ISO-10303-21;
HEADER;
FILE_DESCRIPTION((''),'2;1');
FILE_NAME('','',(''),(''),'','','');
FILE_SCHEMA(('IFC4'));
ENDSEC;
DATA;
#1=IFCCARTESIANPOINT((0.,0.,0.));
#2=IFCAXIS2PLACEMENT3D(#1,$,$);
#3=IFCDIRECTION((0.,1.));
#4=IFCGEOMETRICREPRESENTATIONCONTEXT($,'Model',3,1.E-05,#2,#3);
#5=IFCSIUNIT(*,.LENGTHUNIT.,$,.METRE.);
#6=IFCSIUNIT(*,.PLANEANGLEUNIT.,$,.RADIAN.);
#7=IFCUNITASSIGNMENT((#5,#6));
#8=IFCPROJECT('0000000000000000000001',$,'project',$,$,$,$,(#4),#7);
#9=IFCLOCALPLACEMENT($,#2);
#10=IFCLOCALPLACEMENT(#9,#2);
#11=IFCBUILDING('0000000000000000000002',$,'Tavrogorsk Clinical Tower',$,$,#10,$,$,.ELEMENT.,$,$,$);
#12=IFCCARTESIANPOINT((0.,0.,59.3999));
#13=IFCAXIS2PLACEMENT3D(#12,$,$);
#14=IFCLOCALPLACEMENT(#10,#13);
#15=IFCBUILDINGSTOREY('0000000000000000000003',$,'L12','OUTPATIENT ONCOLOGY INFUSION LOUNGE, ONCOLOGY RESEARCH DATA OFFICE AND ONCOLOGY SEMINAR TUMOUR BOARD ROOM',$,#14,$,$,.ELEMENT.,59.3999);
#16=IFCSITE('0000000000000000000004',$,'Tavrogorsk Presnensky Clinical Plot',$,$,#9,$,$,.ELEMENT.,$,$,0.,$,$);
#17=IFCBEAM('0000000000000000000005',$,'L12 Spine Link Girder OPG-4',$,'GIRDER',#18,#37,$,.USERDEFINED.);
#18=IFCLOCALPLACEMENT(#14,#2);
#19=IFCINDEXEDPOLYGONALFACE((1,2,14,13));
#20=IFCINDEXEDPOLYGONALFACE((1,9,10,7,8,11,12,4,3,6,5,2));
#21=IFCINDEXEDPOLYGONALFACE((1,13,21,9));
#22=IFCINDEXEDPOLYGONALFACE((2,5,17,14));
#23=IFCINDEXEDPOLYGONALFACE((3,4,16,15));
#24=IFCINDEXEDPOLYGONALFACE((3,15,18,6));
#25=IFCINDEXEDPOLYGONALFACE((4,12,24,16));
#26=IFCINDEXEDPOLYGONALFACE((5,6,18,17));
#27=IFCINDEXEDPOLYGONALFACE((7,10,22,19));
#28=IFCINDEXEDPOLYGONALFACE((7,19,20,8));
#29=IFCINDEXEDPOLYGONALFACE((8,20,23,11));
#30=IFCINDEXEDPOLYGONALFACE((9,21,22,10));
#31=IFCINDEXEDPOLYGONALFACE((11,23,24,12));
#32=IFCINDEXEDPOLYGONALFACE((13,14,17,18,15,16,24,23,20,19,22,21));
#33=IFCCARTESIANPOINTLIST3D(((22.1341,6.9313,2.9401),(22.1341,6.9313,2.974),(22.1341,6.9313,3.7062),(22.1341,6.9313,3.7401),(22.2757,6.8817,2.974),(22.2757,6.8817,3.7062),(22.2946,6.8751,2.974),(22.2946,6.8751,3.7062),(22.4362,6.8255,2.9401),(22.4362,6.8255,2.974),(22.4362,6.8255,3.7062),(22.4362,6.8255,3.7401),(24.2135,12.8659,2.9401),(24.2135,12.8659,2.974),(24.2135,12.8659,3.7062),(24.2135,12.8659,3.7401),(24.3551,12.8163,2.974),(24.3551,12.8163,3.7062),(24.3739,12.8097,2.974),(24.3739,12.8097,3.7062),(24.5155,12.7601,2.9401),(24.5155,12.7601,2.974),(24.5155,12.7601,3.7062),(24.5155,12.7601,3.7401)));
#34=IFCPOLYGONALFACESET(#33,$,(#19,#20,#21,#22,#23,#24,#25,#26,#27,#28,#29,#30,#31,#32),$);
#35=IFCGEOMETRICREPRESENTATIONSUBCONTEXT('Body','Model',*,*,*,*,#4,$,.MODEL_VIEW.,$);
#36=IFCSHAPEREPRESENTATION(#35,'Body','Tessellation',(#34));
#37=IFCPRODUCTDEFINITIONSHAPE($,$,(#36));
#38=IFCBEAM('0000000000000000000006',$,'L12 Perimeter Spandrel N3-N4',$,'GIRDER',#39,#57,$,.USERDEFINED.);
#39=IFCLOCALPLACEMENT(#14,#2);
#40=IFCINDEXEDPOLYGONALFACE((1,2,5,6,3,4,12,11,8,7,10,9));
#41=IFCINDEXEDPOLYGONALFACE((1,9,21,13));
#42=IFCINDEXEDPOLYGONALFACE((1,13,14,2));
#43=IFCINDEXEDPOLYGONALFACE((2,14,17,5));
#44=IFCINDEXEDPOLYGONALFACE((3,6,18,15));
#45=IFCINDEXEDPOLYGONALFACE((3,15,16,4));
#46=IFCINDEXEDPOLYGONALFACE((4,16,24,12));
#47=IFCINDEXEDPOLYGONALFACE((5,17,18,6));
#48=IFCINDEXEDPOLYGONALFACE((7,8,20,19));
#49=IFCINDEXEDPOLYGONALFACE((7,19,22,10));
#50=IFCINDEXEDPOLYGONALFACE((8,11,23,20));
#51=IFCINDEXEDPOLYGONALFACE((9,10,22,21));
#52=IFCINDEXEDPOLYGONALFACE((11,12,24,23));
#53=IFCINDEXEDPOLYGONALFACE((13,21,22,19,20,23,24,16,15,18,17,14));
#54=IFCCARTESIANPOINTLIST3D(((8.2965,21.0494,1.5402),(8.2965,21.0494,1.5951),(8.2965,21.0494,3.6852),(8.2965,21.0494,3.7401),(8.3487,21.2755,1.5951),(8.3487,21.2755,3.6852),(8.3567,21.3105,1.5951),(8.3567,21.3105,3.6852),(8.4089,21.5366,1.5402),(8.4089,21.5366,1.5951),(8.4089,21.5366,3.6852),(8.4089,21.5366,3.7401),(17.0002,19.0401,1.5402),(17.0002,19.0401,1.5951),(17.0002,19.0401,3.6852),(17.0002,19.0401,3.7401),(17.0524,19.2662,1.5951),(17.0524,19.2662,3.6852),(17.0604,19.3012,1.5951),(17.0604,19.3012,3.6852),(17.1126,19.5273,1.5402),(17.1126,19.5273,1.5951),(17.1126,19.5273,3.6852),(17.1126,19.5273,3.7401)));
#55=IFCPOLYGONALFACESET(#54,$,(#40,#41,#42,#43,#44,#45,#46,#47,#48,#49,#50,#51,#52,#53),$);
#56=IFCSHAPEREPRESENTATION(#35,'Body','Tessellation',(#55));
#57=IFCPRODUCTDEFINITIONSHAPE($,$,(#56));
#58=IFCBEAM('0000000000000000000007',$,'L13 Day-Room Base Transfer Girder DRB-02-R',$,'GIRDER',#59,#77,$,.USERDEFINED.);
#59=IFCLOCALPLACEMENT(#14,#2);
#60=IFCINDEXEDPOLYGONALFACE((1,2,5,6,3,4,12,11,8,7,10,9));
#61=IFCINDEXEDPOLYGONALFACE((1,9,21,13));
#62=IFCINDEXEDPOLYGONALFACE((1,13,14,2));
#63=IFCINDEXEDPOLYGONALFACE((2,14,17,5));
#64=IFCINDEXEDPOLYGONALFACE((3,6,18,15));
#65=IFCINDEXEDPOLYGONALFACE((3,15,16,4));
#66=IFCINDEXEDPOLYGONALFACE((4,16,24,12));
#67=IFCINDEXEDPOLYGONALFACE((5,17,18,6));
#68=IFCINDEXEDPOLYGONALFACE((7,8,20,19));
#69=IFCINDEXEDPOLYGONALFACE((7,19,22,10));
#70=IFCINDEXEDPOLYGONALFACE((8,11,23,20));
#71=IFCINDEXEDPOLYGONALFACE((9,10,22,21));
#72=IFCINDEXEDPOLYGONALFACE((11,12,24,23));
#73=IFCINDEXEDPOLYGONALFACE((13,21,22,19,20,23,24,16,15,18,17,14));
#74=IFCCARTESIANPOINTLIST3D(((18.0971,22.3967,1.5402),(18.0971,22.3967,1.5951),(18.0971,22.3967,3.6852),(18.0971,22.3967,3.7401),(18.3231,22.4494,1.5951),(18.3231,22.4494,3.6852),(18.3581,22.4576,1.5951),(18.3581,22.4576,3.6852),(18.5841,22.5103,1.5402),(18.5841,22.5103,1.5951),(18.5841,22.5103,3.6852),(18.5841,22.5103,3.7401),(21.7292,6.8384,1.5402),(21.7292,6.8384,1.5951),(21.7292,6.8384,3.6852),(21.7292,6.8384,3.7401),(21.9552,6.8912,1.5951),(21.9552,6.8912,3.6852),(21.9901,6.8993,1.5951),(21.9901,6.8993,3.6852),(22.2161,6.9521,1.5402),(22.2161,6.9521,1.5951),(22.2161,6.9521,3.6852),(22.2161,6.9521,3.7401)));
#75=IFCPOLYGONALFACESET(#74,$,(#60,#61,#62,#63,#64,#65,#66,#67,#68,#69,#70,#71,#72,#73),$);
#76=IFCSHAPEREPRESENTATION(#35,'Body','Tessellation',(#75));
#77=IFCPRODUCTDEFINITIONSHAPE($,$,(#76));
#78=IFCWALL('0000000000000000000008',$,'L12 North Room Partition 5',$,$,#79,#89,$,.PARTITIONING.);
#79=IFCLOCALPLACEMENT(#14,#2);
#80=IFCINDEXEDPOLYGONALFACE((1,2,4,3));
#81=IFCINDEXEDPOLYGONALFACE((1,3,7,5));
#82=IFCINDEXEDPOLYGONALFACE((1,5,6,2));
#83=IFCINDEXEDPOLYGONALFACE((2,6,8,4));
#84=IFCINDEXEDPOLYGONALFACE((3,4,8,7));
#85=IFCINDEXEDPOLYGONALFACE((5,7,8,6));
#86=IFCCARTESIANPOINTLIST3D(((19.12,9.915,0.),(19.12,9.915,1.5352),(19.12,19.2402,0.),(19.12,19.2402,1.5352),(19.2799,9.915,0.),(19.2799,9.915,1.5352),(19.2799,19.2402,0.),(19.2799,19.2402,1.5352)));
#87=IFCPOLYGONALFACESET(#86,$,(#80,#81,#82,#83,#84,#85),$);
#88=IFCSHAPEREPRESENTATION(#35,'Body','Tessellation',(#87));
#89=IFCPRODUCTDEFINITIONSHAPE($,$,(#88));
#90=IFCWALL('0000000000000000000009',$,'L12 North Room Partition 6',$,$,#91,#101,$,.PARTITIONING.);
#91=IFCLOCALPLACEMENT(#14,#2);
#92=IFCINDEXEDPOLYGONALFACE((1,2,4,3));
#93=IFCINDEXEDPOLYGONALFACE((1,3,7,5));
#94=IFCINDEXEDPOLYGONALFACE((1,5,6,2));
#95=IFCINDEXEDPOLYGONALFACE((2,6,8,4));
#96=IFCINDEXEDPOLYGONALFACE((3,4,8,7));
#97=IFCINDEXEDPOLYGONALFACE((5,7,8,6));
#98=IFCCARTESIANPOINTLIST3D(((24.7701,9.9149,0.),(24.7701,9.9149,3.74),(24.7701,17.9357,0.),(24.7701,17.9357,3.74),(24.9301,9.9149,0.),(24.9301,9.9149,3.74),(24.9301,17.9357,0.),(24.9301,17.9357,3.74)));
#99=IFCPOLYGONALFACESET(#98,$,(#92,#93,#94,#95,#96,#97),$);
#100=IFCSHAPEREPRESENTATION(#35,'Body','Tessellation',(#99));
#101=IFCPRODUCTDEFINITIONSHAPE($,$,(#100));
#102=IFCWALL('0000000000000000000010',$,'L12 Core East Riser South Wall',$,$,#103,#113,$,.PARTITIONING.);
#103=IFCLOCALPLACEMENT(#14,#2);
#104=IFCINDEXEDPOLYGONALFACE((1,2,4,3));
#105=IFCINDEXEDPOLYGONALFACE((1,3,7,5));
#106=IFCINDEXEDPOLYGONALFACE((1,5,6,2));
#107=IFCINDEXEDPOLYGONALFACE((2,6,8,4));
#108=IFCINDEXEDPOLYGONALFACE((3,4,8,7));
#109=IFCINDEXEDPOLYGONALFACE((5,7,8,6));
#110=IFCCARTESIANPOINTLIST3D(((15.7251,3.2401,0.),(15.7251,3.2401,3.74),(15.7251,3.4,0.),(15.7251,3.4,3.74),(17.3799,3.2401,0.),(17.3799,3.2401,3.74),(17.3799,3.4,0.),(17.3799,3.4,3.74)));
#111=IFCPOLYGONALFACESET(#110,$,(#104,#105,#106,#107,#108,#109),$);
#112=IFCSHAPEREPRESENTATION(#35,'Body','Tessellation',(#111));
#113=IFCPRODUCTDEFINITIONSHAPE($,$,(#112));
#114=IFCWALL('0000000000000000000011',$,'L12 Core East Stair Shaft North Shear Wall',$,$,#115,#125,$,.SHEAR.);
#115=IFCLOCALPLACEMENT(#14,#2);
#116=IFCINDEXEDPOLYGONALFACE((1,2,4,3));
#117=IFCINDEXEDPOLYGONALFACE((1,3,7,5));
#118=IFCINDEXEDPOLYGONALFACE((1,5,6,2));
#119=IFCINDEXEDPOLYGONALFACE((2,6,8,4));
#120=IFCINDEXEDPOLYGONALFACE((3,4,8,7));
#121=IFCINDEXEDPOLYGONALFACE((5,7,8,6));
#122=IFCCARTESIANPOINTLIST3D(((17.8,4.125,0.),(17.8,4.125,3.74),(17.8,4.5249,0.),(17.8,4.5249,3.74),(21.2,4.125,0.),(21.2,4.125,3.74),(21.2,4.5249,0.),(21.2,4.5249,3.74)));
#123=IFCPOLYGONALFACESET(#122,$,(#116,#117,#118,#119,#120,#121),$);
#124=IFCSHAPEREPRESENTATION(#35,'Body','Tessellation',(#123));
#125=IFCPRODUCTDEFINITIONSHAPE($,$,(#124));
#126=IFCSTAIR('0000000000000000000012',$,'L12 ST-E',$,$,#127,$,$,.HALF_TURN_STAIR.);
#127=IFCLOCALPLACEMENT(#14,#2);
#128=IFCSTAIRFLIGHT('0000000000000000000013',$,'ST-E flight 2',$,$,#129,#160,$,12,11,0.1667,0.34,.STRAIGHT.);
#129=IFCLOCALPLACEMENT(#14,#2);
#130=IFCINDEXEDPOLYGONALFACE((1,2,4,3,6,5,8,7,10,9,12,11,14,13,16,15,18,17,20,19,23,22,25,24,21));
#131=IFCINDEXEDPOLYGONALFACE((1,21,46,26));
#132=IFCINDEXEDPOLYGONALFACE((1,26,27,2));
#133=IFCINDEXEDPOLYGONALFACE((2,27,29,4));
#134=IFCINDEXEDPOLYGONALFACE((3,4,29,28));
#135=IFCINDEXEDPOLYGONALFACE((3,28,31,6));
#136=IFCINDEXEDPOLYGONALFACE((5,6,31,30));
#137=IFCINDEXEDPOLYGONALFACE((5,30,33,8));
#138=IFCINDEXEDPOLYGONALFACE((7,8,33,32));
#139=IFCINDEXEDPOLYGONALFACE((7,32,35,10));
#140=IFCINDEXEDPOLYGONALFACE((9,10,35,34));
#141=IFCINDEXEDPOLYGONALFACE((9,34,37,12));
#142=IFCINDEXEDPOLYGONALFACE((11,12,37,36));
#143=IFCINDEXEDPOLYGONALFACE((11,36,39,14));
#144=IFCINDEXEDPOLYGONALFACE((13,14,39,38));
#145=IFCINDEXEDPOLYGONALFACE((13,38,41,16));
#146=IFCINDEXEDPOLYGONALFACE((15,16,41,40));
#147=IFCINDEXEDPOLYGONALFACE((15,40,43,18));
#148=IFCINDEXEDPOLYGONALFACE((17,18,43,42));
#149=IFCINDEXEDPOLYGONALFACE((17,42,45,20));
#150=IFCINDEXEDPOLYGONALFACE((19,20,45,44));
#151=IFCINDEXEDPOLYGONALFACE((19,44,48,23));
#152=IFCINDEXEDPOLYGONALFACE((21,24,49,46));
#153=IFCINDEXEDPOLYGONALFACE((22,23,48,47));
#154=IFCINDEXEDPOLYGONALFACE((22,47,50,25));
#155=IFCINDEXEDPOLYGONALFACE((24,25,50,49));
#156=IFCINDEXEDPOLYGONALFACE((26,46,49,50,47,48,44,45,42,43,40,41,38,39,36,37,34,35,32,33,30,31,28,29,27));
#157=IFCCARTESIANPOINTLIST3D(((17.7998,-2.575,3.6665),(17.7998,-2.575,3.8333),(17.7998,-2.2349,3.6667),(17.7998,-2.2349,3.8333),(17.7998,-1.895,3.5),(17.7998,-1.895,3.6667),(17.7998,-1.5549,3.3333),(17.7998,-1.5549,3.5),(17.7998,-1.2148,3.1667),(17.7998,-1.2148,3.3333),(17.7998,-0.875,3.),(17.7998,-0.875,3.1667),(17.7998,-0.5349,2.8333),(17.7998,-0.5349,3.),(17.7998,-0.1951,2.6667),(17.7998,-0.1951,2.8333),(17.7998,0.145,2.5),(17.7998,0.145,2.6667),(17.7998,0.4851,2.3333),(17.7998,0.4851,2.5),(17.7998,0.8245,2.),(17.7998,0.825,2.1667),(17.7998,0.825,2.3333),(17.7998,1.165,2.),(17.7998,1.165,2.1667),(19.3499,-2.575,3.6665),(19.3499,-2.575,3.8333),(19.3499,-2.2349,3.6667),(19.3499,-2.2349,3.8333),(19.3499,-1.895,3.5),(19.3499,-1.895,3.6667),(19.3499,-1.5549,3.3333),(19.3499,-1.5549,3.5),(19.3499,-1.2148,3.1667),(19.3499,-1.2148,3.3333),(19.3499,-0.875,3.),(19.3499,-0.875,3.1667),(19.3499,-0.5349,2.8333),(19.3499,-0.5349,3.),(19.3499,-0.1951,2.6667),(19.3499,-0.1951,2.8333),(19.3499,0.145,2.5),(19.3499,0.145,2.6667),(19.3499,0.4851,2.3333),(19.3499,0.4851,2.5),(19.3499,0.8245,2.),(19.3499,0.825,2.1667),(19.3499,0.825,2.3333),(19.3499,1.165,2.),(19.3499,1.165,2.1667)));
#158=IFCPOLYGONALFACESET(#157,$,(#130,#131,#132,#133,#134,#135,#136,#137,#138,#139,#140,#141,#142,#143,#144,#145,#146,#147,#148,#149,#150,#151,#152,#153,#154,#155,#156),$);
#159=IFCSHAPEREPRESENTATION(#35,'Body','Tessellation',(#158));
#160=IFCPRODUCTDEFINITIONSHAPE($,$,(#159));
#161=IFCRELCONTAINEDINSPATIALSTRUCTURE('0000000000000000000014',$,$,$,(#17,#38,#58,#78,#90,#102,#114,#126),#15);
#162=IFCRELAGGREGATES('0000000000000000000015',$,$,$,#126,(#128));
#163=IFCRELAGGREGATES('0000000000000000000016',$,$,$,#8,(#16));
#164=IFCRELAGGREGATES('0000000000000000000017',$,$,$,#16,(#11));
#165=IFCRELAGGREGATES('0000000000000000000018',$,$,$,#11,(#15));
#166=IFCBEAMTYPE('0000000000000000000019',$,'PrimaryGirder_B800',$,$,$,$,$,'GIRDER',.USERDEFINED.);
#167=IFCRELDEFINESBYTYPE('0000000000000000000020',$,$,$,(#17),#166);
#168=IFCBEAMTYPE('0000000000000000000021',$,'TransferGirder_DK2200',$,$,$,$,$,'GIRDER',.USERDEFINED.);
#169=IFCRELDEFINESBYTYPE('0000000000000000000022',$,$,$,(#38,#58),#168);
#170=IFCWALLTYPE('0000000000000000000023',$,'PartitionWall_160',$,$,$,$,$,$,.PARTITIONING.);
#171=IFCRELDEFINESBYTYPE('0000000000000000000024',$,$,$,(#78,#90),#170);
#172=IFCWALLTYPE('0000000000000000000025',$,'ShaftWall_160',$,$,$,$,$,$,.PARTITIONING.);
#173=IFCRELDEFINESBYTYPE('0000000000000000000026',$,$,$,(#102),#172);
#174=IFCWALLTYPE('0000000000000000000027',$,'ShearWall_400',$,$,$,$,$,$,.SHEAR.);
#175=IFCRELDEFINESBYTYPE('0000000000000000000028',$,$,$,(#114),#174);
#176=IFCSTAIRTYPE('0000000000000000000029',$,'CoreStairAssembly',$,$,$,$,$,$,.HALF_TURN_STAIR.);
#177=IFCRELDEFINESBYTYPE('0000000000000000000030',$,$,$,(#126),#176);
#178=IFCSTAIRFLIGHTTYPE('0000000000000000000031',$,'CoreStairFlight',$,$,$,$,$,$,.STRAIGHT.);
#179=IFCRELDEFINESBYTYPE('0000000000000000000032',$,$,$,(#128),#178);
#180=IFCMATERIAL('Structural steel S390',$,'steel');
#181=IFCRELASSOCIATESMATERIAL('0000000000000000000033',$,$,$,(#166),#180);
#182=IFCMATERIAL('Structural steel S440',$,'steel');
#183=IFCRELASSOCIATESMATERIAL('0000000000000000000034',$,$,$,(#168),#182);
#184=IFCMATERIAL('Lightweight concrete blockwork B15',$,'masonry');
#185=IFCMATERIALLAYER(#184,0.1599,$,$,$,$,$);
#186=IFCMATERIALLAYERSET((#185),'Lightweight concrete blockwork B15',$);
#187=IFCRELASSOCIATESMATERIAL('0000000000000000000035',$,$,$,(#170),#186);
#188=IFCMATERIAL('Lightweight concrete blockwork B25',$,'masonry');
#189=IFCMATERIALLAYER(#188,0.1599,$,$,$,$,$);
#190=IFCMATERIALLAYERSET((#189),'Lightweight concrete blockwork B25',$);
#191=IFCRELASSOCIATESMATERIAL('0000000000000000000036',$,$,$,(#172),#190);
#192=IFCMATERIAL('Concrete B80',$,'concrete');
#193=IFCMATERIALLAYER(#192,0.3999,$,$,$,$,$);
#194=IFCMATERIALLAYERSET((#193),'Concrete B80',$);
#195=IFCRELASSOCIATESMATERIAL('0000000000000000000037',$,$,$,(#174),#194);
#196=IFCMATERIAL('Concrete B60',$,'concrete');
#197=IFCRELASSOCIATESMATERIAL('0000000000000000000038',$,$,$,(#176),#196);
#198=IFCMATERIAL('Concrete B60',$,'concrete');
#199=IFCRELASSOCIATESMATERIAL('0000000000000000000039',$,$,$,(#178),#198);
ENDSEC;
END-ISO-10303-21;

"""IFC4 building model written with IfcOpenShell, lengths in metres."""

from ifc_helpers import new_model, si_unit, direction, frame, frame_2d, origin, origin_2d, place, context, subcontext, project, spatial, polyline, rectangle, i_section, outline, extrude, material, layer, layer_set, material_profile, profile_set, type_object, element, aggregate, save


model = new_model("IFC4")

# Units and contexts
model_context = context("Model", 3, precision=1e-05, world=origin(), true_north=direction((0.0, 1.0)))
body_context = subcontext(model_context, "Body", "Model", "MODEL_VIEW")
ifc_project = project(units=[si_unit("LENGTHUNIT", "METRE"), si_unit("PLANEANGLEUNIT", "RADIAN")], contexts=[model_context])

# Site, building, storey
site_placement = place(None, origin())
site = spatial("IfcSite", under=ifc_project, at=site_placement, Name="Tavrogorsk Presnensky Clinical Plot", CompositionType="ELEMENT", RefElevation=0.0)
building_placement = place(site_placement, origin())
building = spatial("IfcBuilding", under=site, at=building_placement, Name="Tavrogorsk Clinical Tower", CompositionType="ELEMENT")
storey_placement = place(building_placement, frame((0.0, 0.0, 59.3999)))
storey = spatial("IfcBuildingStorey", under=building, at=storey_placement, Name="L12", Description="OUTPATIENT ONCOLOGY INFUSION LOUNGE, ONCOLOGY RESEARCH DATA OFFICE AND ONCOLOGY SEMINAR TUMOUR BOARD ROOM", CompositionType="ELEMENT", Elevation=59.3999)

# Beams
ifc_material_1 = material(Name="Structural steel S390", Category="steel")
ifc_material_profile_1 = material_profile(ifc_material_1, i_section(OverallWidth=0.3201, OverallDepth=0.8, WebThickness=0.02, FlangeThickness=0.0339, at=origin_2d()), Name="B-800x320x20x34")
ifc_profile_set_1 = profile_set([ifc_material_profile_1], Name="Structural steel S390")
beam_type_1 = type_object("IfcBeamType", Name="PrimaryGirder_B800", ElementType="GIRDER", PredefinedType="USERDEFINED", material=ifc_profile_set_1)
beam_1_placement = place(storey_placement, frame((24.3645, 12.813, 3.3401), z_axis=(-0.330669, -0.943747, 0.0), x_axis=(0.943747, -0.330669, 0.0)))
element("IfcBeam", 1, at=beam_1_placement, inside=storey, type_object=beam_type_1, Name="L12 Spine Link Girder OPG-4", ObjectType="GIRDER", PredefinedType="USERDEFINED", context=body_context, shape_type="SweptSolid", body=[
    extrude(i_section(OverallWidth=0.3201, OverallDepth=0.8, WebThickness=0.02, FlangeThickness=0.0339, at=origin_2d()), origin(), (0.0, 0.0, 1.0), 6.2883),
])
ifc_material_2 = material(Name="Structural steel S440", Category="steel")
ifc_material_profile_2 = material_profile(ifc_material_2, i_section(OverallWidth=0.5, OverallDepth=2.2, WebThickness=0.0359, FlangeThickness=0.0549, at=origin_2d()), Name="DK-2200x500x36x55")
ifc_profile_set_2 = profile_set([ifc_material_profile_2], Name="Structural steel S440")
beam_type_2 = type_object("IfcBeamType", Name="TransferGirder_DK2200", ElementType="GIRDER", PredefinedType="USERDEFINED", material=ifc_profile_set_2)
beam_2_placement = place(storey_placement, frame((17.0564, 19.2837, 2.6401), z_axis=(-0.974373, 0.224939, 0.0), x_axis=(-0.224939, -0.974373, 0.0)))
element("IfcBeam", 2, at=beam_2_placement, inside=storey, type_object=beam_type_2, Name="L12 Perimeter Spandrel N3-N4", ObjectType="GIRDER", PredefinedType="USERDEFINED", context=body_context, shape_type="SweptSolid", body=[
    extrude(i_section(OverallWidth=0.5, OverallDepth=2.2, WebThickness=0.0359, FlangeThickness=0.0549, at=origin_2d()), origin(), (0.0, 0.0, 1.0), 8.9326),
])
beam_3_placement = place(storey_placement, frame((21.9727, 6.8953, 2.6401), z_axis=(-0.227336, 0.973816, 0.0), x_axis=(-0.973816, -0.227336, 0.0)))
element("IfcBeam", 3, at=beam_3_placement, inside=storey, type_object=beam_type_2, Name="L13 Day-Room Base Transfer Girder DRB-02-R", ObjectType="GIRDER", PredefinedType="USERDEFINED", context=body_context, shape_type="SweptSolid", body=[
    extrude(i_section(OverallWidth=0.5, OverallDepth=2.2, WebThickness=0.0359, FlangeThickness=0.0549, at=origin_2d()), origin(), (0.0, 0.0, 1.0), 15.9766),
])

# Walls
ifc_material_3 = material(Name="Lightweight concrete blockwork B15", Category="masonry")
ifc_layer_1 = layer(ifc_material_3, 0.1599)
ifc_layer_set_1 = layer_set([ifc_layer_1], Name="Lightweight concrete blockwork B15")
wall_type_1 = type_object("IfcWallType", Name="PartitionWall_160", PredefinedType="PARTITIONING", material=ifc_layer_set_1)
wall_1_placement = place(storey_placement, frame((19.2, 9.915, 0.0), z_axis=(0.0, 0.0, 1.0), x_axis=(0.0, 1.0, 0.0)))
element("IfcWall", 4, at=wall_1_placement, inside=storey, type_object=wall_type_1, Name="L12 North Room Partition 5", PredefinedType="PARTITIONING", context=body_context, shape_type="SweptSolid", body=[
    extrude(rectangle(XDim=9.3252, YDim=0.1599, at=frame_2d((4.6626, 0.0))), origin(), (0.0, 0.0, 1.0), 1.5352),
])
wall_2_placement = place(storey_placement, frame((24.8501, 9.915, 0.0), z_axis=(0.0, 0.0, 1.0), x_axis=(0.0, 1.0, 0.0)))
element("IfcWall", 5, at=wall_2_placement, inside=storey, type_object=wall_type_1, Name="L12 North Room Partition 6", PredefinedType="PARTITIONING", context=body_context, shape_type="SweptSolid", body=[
    extrude(rectangle(XDim=8.0208, YDim=0.1599, at=frame_2d((4.0103, 0.0))), origin(), (0.0, 0.0, 1.0), 3.74),
])
ifc_material_4 = material(Name="Lightweight concrete blockwork B25", Category="masonry")
ifc_layer_2 = layer(ifc_material_4, 0.1599)
ifc_layer_set_2 = layer_set([ifc_layer_2], Name="Lightweight concrete blockwork B25")
wall_type_2 = type_object("IfcWallType", Name="ShaftWall_160", PredefinedType="PARTITIONING", material=ifc_layer_set_2)
wall_3_placement = place(storey_placement, frame((15.7251, 3.3201, 0.0), z_axis=(0.0, 0.0, 1.0), x_axis=(1.0, 0.0, 0.0)))
element("IfcWall", 6, at=wall_3_placement, inside=storey, type_object=wall_type_2, Name="L12 Core East Riser South Wall", PredefinedType="PARTITIONING", context=body_context, shape_type="SweptSolid", body=[
    extrude(rectangle(XDim=1.6548, YDim=0.1599, at=frame_2d((0.8274, 0.0))), origin(), (0.0, 0.0, 1.0), 3.74),
])
ifc_material_5 = material(Name="Concrete B80", Category="concrete")
ifc_layer_3 = layer(ifc_material_5, 0.3999)
ifc_layer_set_3 = layer_set([ifc_layer_3], Name="Concrete B80")
wall_type_3 = type_object("IfcWallType", Name="ShearWall_400", PredefinedType="SHEAR", material=ifc_layer_set_3)
wall_4_placement = place(storey_placement, frame((17.8, 4.325, 0.0), z_axis=(0.0, 0.0, 1.0), x_axis=(1.0, 0.0, 0.0)))
element("IfcWall", 7, at=wall_4_placement, inside=storey, type_object=wall_type_3, Name="L12 Core East Stair Shaft North Shear Wall", PredefinedType="SHEAR", context=body_context, shape_type="SweptSolid", body=[
    extrude(rectangle(XDim=3.3999, YDim=0.3999, at=frame_2d((1.7, 0.0))), origin(), (0.0, 0.0, 1.0), 3.74),
])

# Stair, stair flight
ifc_material_6 = material(Name="Concrete B60", Category="concrete")
stair_type = type_object("IfcStairType", Name="CoreStairAssembly", PredefinedType="HALF_TURN_STAIR", material=ifc_material_6)
stair_placement = place(storey_placement, origin())
stair = element("IfcStair", 8, at=stair_placement, inside=storey, type_object=stair_type, Name="L12 ST-E", PredefinedType="HALF_TURN_STAIR")
ifc_material_7 = material(Name="Concrete B60", Category="concrete")
stair_flight_type = type_object("IfcStairFlightType", Name="CoreStairFlight", PredefinedType="STRAIGHT", material=ifc_material_7)
stair_flight_placement = place(storey_placement, frame((18.575, 1.165, 2.0), z_axis=(0.0, 0.0, 1.0), x_axis=(0.0, -1.0, 0.0)))
stair_flight = element("IfcStairFlight", 9, at=stair_flight_placement, type_object=stair_flight_type, Name="ST-E flight 2", NumberOfRisers=12, NumberOfTreads=11, PredefinedType="STRAIGHT", RiserHeight=0.1667, TreadLength=0.34, context=body_context, shape_type="SweptSolid", body=[
    extrude(outline(polyline([(0.0, 0.0), (0.0, 0.1667), (0.3401, 0.1667), (0.3401, 0.3333), (0.6799, 0.3333), (0.6799, 0.5), (1.02, 0.5), (1.02, 0.6667), (1.3601, 0.6667), (1.3601, 0.8333), (1.7, 0.8333), (1.7, 1.0), (2.04, 1.0), (2.04, 1.1667), (2.3799, 1.1667), (2.3799, 1.3333), (2.72, 1.3333), (2.72, 1.5), (3.0601, 1.5), (3.0601, 1.6667), (3.3999, 1.6667), (3.3999, 1.8333), (3.74, 1.8333), (3.74, 2.0), (3.74, 1.6665), (0.3406, 0.0), (0.0, 0.0)])), frame((0.0, 0.7749, 0.0), z_axis=(0.0, -1.0, 0.0), x_axis=(1.0, 0.0, 0.0)), (0.0, 0.0, 1.0), 1.55),
])
aggregate(stair, [stair_flight])

save(model, "model.ifc")
